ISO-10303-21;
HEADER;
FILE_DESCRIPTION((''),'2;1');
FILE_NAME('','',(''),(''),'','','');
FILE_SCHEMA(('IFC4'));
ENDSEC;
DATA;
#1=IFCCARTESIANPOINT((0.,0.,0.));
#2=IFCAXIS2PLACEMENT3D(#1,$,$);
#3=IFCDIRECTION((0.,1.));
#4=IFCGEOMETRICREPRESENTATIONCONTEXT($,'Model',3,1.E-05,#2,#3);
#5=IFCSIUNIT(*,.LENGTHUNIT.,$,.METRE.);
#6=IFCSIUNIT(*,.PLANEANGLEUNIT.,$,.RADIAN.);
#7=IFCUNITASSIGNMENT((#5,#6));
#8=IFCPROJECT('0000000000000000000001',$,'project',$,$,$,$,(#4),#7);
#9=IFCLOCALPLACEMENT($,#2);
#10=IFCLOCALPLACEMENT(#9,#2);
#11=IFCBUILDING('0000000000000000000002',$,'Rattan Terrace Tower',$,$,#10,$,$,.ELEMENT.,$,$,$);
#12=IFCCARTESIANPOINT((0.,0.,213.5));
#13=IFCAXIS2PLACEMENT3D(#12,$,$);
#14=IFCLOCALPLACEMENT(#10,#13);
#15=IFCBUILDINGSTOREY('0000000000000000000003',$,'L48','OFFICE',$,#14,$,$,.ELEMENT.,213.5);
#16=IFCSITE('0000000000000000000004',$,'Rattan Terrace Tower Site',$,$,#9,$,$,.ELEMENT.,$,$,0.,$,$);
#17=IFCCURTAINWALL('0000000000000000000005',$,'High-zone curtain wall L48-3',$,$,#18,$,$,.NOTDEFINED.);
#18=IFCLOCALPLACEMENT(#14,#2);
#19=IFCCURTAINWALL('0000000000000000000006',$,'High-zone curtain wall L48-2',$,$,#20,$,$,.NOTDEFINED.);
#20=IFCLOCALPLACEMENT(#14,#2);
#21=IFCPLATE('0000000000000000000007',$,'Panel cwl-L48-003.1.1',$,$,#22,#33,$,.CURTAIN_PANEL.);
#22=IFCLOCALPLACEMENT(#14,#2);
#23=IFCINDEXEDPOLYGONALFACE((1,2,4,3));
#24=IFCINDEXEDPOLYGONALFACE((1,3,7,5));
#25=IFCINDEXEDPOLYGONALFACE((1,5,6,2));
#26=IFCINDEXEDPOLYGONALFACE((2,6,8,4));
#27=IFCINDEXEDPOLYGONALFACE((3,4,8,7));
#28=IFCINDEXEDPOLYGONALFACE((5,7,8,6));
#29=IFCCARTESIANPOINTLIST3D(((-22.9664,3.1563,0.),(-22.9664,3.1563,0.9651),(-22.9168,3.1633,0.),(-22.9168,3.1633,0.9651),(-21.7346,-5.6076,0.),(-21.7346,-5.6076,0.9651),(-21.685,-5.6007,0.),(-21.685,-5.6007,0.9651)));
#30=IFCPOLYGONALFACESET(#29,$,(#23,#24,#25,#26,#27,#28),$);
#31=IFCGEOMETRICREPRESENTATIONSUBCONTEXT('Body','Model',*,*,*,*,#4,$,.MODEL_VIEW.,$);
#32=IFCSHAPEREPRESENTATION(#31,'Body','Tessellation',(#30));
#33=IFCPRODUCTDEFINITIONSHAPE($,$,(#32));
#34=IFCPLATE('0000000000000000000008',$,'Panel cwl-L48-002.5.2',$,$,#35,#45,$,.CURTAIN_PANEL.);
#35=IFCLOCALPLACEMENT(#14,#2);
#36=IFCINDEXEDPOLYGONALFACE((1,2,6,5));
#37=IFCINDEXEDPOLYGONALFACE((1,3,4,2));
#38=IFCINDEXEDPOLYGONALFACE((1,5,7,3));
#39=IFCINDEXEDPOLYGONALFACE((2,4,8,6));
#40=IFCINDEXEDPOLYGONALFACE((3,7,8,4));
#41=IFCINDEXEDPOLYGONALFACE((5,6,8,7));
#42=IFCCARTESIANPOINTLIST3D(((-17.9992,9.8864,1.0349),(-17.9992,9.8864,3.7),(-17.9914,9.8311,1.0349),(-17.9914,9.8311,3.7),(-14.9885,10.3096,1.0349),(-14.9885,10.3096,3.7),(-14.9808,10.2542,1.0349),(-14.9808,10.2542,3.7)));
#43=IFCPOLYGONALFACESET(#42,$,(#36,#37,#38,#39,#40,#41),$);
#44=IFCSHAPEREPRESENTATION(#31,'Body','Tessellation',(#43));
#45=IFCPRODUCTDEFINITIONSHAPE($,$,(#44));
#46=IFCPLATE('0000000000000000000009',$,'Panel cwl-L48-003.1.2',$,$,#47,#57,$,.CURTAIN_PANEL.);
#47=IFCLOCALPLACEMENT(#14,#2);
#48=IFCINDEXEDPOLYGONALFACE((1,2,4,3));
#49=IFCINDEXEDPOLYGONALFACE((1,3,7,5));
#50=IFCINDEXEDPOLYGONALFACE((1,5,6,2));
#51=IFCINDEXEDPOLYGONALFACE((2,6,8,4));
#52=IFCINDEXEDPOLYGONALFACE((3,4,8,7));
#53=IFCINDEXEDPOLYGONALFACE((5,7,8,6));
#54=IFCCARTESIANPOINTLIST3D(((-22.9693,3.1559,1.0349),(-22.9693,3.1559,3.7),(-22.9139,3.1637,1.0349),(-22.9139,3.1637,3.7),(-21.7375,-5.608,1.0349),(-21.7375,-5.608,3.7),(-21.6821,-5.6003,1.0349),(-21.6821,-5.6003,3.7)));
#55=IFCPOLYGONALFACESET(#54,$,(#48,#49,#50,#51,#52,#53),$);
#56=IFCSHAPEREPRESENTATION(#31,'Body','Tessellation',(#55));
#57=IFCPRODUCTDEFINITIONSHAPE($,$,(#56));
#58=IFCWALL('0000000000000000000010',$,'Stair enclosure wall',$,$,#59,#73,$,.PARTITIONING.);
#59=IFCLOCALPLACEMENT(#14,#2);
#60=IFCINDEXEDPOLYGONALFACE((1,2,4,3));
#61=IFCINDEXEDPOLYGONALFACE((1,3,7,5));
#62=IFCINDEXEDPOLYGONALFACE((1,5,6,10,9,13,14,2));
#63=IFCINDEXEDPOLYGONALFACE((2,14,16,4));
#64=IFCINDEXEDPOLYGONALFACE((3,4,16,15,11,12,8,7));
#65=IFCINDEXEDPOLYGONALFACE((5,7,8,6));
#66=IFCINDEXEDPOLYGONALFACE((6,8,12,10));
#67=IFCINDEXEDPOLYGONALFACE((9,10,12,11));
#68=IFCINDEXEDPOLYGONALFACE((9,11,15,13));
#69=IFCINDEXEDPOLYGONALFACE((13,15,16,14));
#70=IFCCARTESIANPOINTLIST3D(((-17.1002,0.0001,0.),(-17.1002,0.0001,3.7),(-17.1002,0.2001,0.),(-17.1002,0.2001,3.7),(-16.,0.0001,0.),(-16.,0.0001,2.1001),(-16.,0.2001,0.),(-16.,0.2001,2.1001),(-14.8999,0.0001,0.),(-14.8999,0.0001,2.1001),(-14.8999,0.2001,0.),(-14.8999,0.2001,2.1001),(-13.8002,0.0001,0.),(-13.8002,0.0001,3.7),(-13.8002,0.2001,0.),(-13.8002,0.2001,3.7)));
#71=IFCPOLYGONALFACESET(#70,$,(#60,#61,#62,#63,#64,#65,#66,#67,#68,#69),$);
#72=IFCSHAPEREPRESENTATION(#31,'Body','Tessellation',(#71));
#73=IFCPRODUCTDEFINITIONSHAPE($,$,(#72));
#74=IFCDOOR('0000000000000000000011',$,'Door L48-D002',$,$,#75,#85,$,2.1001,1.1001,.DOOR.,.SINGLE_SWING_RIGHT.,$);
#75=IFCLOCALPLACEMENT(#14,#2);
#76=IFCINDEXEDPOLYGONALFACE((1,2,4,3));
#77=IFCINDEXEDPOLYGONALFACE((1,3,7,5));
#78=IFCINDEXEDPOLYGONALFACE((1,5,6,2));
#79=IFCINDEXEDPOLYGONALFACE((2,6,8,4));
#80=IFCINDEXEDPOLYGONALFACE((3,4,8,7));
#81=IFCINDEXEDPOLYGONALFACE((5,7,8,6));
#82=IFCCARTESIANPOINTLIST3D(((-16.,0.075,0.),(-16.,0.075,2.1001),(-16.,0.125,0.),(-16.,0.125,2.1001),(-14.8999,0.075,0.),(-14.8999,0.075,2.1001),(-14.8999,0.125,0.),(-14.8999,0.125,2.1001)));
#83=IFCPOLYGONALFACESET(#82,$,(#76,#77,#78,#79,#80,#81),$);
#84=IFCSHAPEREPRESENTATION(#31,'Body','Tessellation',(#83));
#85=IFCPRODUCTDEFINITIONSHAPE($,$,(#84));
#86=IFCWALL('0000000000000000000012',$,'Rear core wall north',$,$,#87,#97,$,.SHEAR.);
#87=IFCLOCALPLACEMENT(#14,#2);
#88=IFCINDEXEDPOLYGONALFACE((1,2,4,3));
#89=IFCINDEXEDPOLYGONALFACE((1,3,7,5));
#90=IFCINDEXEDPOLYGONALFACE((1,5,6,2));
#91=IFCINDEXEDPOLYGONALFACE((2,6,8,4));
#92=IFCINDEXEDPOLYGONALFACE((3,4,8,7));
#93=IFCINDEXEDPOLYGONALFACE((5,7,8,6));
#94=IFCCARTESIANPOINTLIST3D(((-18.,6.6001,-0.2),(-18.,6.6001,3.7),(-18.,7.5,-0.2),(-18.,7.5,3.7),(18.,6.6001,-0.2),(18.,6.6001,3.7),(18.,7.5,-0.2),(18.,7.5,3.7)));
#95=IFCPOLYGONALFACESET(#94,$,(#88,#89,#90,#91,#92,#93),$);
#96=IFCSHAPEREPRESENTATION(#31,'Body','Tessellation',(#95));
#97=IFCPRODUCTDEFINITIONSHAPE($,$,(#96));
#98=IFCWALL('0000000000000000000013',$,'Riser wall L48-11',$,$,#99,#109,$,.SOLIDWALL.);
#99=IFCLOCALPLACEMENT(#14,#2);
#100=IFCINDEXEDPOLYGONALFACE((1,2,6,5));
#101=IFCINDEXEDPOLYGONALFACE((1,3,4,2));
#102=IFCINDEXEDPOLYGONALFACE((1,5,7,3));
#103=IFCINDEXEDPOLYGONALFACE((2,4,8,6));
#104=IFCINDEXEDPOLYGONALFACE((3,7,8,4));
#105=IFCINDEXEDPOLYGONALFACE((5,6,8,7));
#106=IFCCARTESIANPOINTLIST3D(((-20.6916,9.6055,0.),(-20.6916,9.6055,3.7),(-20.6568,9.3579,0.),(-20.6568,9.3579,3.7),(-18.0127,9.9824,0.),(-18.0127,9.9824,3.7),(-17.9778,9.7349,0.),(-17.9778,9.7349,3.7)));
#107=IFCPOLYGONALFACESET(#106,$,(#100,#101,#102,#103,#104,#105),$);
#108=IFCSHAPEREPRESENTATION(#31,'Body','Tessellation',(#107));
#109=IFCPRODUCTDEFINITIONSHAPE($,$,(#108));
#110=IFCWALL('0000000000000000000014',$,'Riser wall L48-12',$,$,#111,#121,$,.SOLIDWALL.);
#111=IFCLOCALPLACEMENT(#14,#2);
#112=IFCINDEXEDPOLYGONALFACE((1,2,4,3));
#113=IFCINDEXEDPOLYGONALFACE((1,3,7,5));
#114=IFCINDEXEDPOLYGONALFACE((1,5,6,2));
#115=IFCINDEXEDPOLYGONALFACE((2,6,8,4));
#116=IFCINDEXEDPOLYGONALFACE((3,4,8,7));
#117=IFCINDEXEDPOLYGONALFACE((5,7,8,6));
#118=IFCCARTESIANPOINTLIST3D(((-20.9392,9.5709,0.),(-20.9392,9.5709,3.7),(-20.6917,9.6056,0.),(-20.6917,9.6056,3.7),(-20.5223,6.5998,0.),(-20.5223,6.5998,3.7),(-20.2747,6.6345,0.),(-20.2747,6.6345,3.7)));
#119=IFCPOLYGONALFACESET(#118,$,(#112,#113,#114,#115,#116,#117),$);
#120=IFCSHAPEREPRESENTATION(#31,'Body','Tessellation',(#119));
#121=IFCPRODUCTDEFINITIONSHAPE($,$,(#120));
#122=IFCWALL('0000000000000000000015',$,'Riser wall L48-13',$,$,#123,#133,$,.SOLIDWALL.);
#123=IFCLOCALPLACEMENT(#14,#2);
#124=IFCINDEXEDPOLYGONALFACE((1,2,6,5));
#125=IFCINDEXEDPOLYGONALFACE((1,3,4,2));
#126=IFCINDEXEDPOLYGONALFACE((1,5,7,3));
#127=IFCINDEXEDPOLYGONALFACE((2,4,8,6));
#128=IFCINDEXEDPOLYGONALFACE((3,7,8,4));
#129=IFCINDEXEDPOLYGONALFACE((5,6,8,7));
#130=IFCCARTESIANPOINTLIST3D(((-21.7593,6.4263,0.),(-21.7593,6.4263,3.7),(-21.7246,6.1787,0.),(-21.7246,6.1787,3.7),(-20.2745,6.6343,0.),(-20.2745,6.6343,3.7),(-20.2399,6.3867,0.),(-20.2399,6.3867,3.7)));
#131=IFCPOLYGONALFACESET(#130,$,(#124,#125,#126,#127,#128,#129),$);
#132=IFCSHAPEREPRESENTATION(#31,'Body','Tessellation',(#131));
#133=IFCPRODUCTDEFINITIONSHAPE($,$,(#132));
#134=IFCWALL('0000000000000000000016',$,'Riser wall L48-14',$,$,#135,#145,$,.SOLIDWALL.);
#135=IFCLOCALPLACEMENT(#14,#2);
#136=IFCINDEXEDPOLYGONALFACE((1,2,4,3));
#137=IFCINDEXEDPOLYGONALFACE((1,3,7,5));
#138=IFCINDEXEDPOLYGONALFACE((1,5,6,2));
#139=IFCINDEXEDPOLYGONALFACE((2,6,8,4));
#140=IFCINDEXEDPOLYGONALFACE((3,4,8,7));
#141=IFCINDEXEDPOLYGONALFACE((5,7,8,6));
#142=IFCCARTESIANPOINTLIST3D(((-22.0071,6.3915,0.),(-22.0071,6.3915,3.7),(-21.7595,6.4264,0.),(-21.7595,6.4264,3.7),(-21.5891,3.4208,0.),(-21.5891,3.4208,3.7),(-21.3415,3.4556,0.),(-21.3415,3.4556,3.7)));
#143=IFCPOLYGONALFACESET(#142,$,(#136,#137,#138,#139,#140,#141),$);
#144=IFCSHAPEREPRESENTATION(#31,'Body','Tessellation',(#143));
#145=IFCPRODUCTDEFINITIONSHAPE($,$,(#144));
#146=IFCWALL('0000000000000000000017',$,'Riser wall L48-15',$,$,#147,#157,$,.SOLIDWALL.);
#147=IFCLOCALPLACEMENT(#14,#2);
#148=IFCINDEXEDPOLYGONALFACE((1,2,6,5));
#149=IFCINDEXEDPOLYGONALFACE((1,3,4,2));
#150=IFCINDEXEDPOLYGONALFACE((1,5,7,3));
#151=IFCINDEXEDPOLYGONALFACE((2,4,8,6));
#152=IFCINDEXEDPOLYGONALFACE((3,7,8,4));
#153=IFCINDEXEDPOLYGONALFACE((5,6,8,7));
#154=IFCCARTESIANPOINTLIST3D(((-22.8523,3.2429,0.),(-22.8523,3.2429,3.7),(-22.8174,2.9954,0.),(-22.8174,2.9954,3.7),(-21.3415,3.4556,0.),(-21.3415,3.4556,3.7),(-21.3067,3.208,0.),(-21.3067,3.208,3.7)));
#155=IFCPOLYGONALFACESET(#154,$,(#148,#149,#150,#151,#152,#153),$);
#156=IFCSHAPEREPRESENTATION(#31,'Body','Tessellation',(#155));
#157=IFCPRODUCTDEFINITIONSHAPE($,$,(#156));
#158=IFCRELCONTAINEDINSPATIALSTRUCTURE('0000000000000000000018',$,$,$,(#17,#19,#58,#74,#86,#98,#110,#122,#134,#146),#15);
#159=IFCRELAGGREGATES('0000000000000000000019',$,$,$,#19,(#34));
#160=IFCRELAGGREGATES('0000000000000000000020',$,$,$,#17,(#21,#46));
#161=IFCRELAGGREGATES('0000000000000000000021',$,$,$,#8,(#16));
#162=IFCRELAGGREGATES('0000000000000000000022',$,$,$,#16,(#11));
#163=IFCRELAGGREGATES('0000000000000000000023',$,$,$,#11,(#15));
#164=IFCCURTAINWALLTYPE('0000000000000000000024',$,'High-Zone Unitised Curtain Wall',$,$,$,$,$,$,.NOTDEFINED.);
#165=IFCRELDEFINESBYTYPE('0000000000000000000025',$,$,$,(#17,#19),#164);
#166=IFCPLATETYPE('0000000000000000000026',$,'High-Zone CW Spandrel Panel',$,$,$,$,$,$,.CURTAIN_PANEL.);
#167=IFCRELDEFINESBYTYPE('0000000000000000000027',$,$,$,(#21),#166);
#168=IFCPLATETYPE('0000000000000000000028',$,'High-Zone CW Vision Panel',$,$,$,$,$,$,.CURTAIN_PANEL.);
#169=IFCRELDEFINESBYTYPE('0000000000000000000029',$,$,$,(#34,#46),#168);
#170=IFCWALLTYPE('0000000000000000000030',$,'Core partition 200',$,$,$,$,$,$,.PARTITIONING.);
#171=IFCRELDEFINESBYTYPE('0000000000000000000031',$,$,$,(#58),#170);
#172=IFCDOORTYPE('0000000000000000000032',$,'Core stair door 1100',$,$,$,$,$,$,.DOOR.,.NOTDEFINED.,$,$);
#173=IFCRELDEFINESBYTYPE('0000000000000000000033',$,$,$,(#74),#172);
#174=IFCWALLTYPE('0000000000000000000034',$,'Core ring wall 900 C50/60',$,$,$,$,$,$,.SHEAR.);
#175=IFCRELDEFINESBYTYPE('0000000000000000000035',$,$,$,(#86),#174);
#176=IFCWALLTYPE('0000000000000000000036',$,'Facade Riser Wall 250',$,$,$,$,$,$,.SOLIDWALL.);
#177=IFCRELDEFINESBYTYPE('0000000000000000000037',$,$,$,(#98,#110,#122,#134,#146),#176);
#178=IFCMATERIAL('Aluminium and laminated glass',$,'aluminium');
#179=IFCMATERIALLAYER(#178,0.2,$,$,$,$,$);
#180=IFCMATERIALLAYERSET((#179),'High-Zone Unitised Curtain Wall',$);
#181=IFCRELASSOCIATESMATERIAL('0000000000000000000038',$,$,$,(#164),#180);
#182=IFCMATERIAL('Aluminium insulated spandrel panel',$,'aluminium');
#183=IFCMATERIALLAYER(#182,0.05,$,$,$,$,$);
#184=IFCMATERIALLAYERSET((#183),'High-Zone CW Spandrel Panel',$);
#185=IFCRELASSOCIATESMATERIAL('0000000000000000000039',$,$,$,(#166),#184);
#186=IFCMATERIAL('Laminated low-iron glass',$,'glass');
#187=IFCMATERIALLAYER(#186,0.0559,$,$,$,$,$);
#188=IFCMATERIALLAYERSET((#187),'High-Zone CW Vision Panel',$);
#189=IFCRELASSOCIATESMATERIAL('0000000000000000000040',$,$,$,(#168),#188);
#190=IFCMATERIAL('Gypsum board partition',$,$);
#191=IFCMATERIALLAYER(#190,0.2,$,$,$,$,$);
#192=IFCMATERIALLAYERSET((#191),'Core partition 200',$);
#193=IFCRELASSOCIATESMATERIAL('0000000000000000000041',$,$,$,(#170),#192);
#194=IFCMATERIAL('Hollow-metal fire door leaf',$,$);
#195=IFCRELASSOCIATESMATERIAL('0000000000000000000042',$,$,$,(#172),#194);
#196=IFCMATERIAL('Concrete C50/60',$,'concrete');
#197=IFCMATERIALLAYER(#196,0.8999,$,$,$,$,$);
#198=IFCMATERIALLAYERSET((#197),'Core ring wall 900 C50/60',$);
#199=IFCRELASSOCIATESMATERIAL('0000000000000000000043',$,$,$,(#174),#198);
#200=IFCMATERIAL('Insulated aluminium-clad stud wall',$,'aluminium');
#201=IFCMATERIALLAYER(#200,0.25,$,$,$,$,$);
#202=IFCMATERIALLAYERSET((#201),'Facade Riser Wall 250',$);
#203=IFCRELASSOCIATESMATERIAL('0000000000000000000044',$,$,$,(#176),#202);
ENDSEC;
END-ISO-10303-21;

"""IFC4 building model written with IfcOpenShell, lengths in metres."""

from ifc_helpers import new_model, si_unit, direction, frame, frame_2d, origin, origin_2d, place, context, subcontext, project, spatial, rectangle, extrude, material, layer, layer_set, type_object, element, fill, aggregate, save


model = new_model("IFC4")

# Units and contexts
model_context = context("Model", 3, precision=1e-05, world=origin(), true_north=direction((0.0, 1.0)))
body_context = subcontext(model_context, "Body", "Model", "MODEL_VIEW")
ifc_project = project(units=[si_unit("LENGTHUNIT", "METRE"), si_unit("PLANEANGLEUNIT", "RADIAN")], contexts=[model_context])

# Site, building, storey
site_placement = place(None, origin())
site = spatial("IfcSite", under=ifc_project, at=site_placement, Name="Rattan Terrace Tower Site", CompositionType="ELEMENT", RefElevation=0.0)
building_placement = place(site_placement, origin())
building = spatial("IfcBuilding", under=site, at=building_placement, Name="Rattan Terrace Tower", CompositionType="ELEMENT")
storey_placement = place(building_placement, frame((0.0, 0.0, 213.5)))
storey = spatial("IfcBuildingStorey", under=building, at=storey_placement, Name="L48", Description="OFFICE", CompositionType="ELEMENT", Elevation=213.5)

# Curtain wall
ifc_material_1 = material(Name="Aluminium and laminated glass", Category="aluminium")
ifc_layer_1 = layer(ifc_material_1, 0.2)
ifc_layer_set_1 = layer_set([ifc_layer_1], Name="High-Zone Unitised Curtain Wall")
curtain_wall_type = type_object("IfcCurtainWallType", Name="High-Zone Unitised Curtain Wall", PredefinedType="NOTDEFINED", material=ifc_layer_set_1)
curtain_wall_1_placement = place(storey_placement, origin())
curtain_wall_1 = element("IfcCurtainWall", 1, at=curtain_wall_1_placement, inside=storey, type_object=curtain_wall_type, Name="High-zone curtain wall L48-3", PredefinedType="NOTDEFINED")

# Curtain wall
curtain_wall_2_placement = place(storey_placement, origin())
curtain_wall_2 = element("IfcCurtainWall", 2, at=curtain_wall_2_placement, inside=storey, type_object=curtain_wall_type, Name="High-zone curtain wall L48-2", PredefinedType="NOTDEFINED")
ifc_material_2 = material(Name="Aluminium insulated spandrel panel", Category="aluminium")
ifc_layer_2 = layer(ifc_material_2, 0.05)
ifc_layer_set_2 = layer_set([ifc_layer_2], Name="High-Zone CW Spandrel Panel")
plate_type_1 = type_object("IfcPlateType", Name="High-Zone CW Spandrel Panel", PredefinedType="CURTAIN_PANEL", material=ifc_layer_set_2)

# Plates
plate_1_placement = place(storey_placement, frame((-22.3257, -1.2222, 0.0), z_axis=(0.0, 0.0, 1.0), x_axis=(0.139186, -0.990266, 0.0)))
plate_1 = element("IfcPlate", 3, at=plate_1_placement, type_object=plate_type_1, Name="Panel cwl-L48-003.1.1", PredefinedType="CURTAIN_PANEL", context=body_context, shape_type="SweptSolid", body=[
    extrude(rectangle(XDim=8.8501, YDim=0.05, at=origin_2d()), origin(), (0.0, 0.0, 1.0), 0.9651),
])
ifc_material_3 = material(Name="Laminated low-iron glass", Category="glass")
ifc_layer_3 = layer(ifc_material_3, 0.0559)
ifc_layer_set_3 = layer_set([ifc_layer_3], Name="High-Zone CW Vision Panel")
plate_type_2 = type_object("IfcPlateType", Name="High-Zone CW Vision Panel", PredefinedType="CURTAIN_PANEL", material=ifc_layer_set_3)
plate_2_placement = place(storey_placement, frame((-16.49, 10.0703, 1.0349), z_axis=(0.0, 0.0, 1.0), x_axis=(-0.990267, -0.139177, 0.0)))
plate_2 = element("IfcPlate", 4, at=plate_2_placement, type_object=plate_type_2, Name="Panel cwl-L48-002.5.2", PredefinedType="CURTAIN_PANEL", context=body_context, shape_type="SweptSolid", body=[
    extrude(rectangle(XDim=3.0403, YDim=0.0559, at=origin_2d()), origin(), (0.0, 0.0, 1.0), 2.665),
])
aggregate(curtain_wall_2, [plate_2])
plate_3_placement = place(storey_placement, frame((-22.3257, -1.2222, 1.0349), z_axis=(0.0, 0.0, 1.0), x_axis=(0.139186, -0.990266, 0.0)))
plate_3 = element("IfcPlate", 5, at=plate_3_placement, type_object=plate_type_2, Name="Panel cwl-L48-003.1.2", PredefinedType="CURTAIN_PANEL", context=body_context, shape_type="SweptSolid", body=[
    extrude(rectangle(XDim=8.8501, YDim=0.0559, at=origin_2d()), origin(), (0.0, 0.0, 1.0), 2.665),
])
aggregate(curtain_wall_1, [plate_1, plate_3])

# Wall, opening, door
ifc_material_4 = material(Name="Gypsum board partition")
ifc_layer_4 = layer(ifc_material_4, 0.2)
ifc_layer_set_4 = layer_set([ifc_layer_4], Name="Core partition 200")
wall_type_1 = type_object("IfcWallType", Name="Core partition 200", PredefinedType="PARTITIONING", material=ifc_layer_set_4)
wall_1_placement = place(storey_placement, frame((-17.1001, 0.1001, 0.0), z_axis=(0.0, 0.0, 1.0), x_axis=(1.0, 0.0, 0.0)))
wall_1 = element("IfcWall", 6, at=wall_1_placement, inside=storey, type_object=wall_type_1, Name="Stair enclosure wall", PredefinedType="PARTITIONING", context=body_context, shape_type="SweptSolid", body=[
    extrude(rectangle(XDim=3.3, YDim=0.2, at=frame_2d((1.6499, 0.0))), origin(), (0.0, 0.0, 1.0), 3.7),
])
opening_1_placement = place(wall_1_placement, frame((1.1001, 0.0, 0.0)))
opening_1 = element("IfcOpeningElement", 7, at=opening_1_placement, cuts=wall_1, PredefinedType="OPENING", context=body_context, shape_type="SweptSolid", body=[
    extrude(rectangle(XDim=1.1001, YDim=2.1001, at=frame_2d((0.55, 1.05))), frame((0.0, 0.1106, 0.0), z_axis=(0.0, -1.0, 0.0), x_axis=(1.0, 0.0, 0.0)), (0.0, 0.0, 1.0), 0.2209),
])
ifc_material_5 = material(Name="Hollow-metal fire door leaf")
door_type_1 = type_object("IfcDoorType", Name="Core stair door 1100", OperationType="NOTDEFINED", PredefinedType="DOOR", material=ifc_material_5)
door_1_placement = place(opening_1_placement, origin())
door_1 = element("IfcDoor", 8, at=door_1_placement, inside=storey, type_object=door_type_1, Name="Door L48-D002", OperationType="SINGLE_SWING_RIGHT", OverallHeight=2.1001, OverallWidth=1.1001, PredefinedType="DOOR", context=body_context, shape_type="SweptSolid", body=[
    extrude(rectangle(XDim=1.1001, YDim=2.1001, at=frame_2d((0.55, 1.05))), frame((0.0, 0.0249, 0.0), z_axis=(0.0, -1.0, 0.0), x_axis=(1.0, 0.0, 0.0)), (0.0, 0.0, 1.0), 0.05),
])
fill(opening_1, door_1)

# Walls
ifc_material_6 = material(Name="Concrete C50/60", Category="concrete")
ifc_layer_5 = layer(ifc_material_6, 0.8999)
ifc_layer_set_5 = layer_set([ifc_layer_5], Name="Core ring wall 900 C50/60")
wall_type_2 = type_object("IfcWallType", Name="Core ring wall 900 C50/60", PredefinedType="SHEAR", material=ifc_layer_set_5)
wall_2_placement = place(storey_placement, frame((-18.0, 7.05, -0.2), z_axis=(0.0, 0.0, 1.0), x_axis=(1.0, 0.0, 0.0)))
element("IfcWall", 9, at=wall_2_placement, inside=storey, type_object=wall_type_2, Name="Rear core wall north", PredefinedType="SHEAR", context=body_context, shape_type="SweptSolid", body=[
    extrude(rectangle(XDim=36.0, YDim=0.8999, at=frame_2d((18.0, 0.0))), origin(), (0.0, 0.0, 1.0), 3.8999),
])
ifc_material_7 = material(Name="Insulated aluminium-clad stud wall", Category="aluminium")
ifc_layer_6 = layer(ifc_material_7, 0.25)
ifc_layer_set_6 = layer_set([ifc_layer_6], Name="Facade Riser Wall 250")
wall_type_3 = type_object("IfcWallType", Name="Facade Riser Wall 250", PredefinedType="SOLIDWALL", material=ifc_layer_set_6)
wall_3_placement = place(storey_placement, frame((-17.9954, 9.8586, 0.0), z_axis=(0.0, 0.0, 1.0), x_axis=(-0.990245, -0.139336, 0.0)))
element("IfcWall", 10, at=wall_3_placement, inside=storey, type_object=wall_type_3, Name="Riser wall L48-11", PredefinedType="SOLIDWALL", context=body_context, shape_type="SweptSolid", body=[
    extrude(rectangle(XDim=2.7053, YDim=0.25, at=frame_2d((1.3525, 0.0))), origin(), (0.0, 0.0, 1.0), 3.7),
])
wall_4_placement = place(storey_placement, frame((-20.8154, 9.5881, 0.0), z_axis=(0.0, 0.0, 1.0), x_axis=(0.138983, -0.990295, 0.0)))
element("IfcWall", 11, at=wall_4_placement, inside=storey, type_object=wall_type_3, Name="Riser wall L48-12", PredefinedType="SOLIDWALL", context=body_context, shape_type="SweptSolid", body=[
    extrude(rectangle(XDim=3.0002, YDim=0.25, at=frame_2d((1.5, 0.0))), origin(), (0.0, 0.0, 1.0), 3.7),
])
wall_5_placement = place(storey_placement, frame((-20.2573, 6.5105, 0.0), z_axis=(0.0, 0.0, 1.0), x_axis=(-0.99033, -0.138731, 0.0)))
element("IfcWall", 12, at=wall_5_placement, inside=storey, type_object=wall_type_3, Name="Riser wall L48-13", PredefinedType="SOLIDWALL", context=body_context, shape_type="SweptSolid", body=[
    extrude(rectangle(XDim=1.4993, YDim=0.25, at=frame_2d((0.7495, 0.0))), origin(), (0.0, 0.0, 1.0), 3.7),
])
wall_6_placement = place(storey_placement, frame((-21.8833, 6.4089, 0.0), z_axis=(0.0, 0.0, 1.0), x_axis=(0.139325, -0.990247, 0.0)))
element("IfcWall", 13, at=wall_6_placement, inside=storey, type_object=wall_type_3, Name="Riser wall L48-14", PredefinedType="SOLIDWALL", context=body_context, shape_type="SweptSolid", body=[
    extrude(rectangle(XDim=3.0, YDim=0.25, at=frame_2d((1.5, 0.0))), origin(), (0.0, 0.0, 1.0), 3.7),
])
wall_7_placement = place(storey_placement, frame((-21.3242, 3.3318, 0.0), z_axis=(0.0, 0.0, 1.0), x_axis=(-0.990239, -0.139382, 0.0)))
element("IfcWall", 14, at=wall_7_placement, inside=storey, type_object=wall_type_3, Name="Riser wall L48-15", PredefinedType="SOLIDWALL", context=body_context, shape_type="SweptSolid", body=[
    extrude(rectangle(XDim=1.5256, YDim=0.25, at=frame_2d((0.7627, 0.0))), origin(), (0.0, 0.0, 1.0), 3.7),
])

save(model, "model.ifc")
